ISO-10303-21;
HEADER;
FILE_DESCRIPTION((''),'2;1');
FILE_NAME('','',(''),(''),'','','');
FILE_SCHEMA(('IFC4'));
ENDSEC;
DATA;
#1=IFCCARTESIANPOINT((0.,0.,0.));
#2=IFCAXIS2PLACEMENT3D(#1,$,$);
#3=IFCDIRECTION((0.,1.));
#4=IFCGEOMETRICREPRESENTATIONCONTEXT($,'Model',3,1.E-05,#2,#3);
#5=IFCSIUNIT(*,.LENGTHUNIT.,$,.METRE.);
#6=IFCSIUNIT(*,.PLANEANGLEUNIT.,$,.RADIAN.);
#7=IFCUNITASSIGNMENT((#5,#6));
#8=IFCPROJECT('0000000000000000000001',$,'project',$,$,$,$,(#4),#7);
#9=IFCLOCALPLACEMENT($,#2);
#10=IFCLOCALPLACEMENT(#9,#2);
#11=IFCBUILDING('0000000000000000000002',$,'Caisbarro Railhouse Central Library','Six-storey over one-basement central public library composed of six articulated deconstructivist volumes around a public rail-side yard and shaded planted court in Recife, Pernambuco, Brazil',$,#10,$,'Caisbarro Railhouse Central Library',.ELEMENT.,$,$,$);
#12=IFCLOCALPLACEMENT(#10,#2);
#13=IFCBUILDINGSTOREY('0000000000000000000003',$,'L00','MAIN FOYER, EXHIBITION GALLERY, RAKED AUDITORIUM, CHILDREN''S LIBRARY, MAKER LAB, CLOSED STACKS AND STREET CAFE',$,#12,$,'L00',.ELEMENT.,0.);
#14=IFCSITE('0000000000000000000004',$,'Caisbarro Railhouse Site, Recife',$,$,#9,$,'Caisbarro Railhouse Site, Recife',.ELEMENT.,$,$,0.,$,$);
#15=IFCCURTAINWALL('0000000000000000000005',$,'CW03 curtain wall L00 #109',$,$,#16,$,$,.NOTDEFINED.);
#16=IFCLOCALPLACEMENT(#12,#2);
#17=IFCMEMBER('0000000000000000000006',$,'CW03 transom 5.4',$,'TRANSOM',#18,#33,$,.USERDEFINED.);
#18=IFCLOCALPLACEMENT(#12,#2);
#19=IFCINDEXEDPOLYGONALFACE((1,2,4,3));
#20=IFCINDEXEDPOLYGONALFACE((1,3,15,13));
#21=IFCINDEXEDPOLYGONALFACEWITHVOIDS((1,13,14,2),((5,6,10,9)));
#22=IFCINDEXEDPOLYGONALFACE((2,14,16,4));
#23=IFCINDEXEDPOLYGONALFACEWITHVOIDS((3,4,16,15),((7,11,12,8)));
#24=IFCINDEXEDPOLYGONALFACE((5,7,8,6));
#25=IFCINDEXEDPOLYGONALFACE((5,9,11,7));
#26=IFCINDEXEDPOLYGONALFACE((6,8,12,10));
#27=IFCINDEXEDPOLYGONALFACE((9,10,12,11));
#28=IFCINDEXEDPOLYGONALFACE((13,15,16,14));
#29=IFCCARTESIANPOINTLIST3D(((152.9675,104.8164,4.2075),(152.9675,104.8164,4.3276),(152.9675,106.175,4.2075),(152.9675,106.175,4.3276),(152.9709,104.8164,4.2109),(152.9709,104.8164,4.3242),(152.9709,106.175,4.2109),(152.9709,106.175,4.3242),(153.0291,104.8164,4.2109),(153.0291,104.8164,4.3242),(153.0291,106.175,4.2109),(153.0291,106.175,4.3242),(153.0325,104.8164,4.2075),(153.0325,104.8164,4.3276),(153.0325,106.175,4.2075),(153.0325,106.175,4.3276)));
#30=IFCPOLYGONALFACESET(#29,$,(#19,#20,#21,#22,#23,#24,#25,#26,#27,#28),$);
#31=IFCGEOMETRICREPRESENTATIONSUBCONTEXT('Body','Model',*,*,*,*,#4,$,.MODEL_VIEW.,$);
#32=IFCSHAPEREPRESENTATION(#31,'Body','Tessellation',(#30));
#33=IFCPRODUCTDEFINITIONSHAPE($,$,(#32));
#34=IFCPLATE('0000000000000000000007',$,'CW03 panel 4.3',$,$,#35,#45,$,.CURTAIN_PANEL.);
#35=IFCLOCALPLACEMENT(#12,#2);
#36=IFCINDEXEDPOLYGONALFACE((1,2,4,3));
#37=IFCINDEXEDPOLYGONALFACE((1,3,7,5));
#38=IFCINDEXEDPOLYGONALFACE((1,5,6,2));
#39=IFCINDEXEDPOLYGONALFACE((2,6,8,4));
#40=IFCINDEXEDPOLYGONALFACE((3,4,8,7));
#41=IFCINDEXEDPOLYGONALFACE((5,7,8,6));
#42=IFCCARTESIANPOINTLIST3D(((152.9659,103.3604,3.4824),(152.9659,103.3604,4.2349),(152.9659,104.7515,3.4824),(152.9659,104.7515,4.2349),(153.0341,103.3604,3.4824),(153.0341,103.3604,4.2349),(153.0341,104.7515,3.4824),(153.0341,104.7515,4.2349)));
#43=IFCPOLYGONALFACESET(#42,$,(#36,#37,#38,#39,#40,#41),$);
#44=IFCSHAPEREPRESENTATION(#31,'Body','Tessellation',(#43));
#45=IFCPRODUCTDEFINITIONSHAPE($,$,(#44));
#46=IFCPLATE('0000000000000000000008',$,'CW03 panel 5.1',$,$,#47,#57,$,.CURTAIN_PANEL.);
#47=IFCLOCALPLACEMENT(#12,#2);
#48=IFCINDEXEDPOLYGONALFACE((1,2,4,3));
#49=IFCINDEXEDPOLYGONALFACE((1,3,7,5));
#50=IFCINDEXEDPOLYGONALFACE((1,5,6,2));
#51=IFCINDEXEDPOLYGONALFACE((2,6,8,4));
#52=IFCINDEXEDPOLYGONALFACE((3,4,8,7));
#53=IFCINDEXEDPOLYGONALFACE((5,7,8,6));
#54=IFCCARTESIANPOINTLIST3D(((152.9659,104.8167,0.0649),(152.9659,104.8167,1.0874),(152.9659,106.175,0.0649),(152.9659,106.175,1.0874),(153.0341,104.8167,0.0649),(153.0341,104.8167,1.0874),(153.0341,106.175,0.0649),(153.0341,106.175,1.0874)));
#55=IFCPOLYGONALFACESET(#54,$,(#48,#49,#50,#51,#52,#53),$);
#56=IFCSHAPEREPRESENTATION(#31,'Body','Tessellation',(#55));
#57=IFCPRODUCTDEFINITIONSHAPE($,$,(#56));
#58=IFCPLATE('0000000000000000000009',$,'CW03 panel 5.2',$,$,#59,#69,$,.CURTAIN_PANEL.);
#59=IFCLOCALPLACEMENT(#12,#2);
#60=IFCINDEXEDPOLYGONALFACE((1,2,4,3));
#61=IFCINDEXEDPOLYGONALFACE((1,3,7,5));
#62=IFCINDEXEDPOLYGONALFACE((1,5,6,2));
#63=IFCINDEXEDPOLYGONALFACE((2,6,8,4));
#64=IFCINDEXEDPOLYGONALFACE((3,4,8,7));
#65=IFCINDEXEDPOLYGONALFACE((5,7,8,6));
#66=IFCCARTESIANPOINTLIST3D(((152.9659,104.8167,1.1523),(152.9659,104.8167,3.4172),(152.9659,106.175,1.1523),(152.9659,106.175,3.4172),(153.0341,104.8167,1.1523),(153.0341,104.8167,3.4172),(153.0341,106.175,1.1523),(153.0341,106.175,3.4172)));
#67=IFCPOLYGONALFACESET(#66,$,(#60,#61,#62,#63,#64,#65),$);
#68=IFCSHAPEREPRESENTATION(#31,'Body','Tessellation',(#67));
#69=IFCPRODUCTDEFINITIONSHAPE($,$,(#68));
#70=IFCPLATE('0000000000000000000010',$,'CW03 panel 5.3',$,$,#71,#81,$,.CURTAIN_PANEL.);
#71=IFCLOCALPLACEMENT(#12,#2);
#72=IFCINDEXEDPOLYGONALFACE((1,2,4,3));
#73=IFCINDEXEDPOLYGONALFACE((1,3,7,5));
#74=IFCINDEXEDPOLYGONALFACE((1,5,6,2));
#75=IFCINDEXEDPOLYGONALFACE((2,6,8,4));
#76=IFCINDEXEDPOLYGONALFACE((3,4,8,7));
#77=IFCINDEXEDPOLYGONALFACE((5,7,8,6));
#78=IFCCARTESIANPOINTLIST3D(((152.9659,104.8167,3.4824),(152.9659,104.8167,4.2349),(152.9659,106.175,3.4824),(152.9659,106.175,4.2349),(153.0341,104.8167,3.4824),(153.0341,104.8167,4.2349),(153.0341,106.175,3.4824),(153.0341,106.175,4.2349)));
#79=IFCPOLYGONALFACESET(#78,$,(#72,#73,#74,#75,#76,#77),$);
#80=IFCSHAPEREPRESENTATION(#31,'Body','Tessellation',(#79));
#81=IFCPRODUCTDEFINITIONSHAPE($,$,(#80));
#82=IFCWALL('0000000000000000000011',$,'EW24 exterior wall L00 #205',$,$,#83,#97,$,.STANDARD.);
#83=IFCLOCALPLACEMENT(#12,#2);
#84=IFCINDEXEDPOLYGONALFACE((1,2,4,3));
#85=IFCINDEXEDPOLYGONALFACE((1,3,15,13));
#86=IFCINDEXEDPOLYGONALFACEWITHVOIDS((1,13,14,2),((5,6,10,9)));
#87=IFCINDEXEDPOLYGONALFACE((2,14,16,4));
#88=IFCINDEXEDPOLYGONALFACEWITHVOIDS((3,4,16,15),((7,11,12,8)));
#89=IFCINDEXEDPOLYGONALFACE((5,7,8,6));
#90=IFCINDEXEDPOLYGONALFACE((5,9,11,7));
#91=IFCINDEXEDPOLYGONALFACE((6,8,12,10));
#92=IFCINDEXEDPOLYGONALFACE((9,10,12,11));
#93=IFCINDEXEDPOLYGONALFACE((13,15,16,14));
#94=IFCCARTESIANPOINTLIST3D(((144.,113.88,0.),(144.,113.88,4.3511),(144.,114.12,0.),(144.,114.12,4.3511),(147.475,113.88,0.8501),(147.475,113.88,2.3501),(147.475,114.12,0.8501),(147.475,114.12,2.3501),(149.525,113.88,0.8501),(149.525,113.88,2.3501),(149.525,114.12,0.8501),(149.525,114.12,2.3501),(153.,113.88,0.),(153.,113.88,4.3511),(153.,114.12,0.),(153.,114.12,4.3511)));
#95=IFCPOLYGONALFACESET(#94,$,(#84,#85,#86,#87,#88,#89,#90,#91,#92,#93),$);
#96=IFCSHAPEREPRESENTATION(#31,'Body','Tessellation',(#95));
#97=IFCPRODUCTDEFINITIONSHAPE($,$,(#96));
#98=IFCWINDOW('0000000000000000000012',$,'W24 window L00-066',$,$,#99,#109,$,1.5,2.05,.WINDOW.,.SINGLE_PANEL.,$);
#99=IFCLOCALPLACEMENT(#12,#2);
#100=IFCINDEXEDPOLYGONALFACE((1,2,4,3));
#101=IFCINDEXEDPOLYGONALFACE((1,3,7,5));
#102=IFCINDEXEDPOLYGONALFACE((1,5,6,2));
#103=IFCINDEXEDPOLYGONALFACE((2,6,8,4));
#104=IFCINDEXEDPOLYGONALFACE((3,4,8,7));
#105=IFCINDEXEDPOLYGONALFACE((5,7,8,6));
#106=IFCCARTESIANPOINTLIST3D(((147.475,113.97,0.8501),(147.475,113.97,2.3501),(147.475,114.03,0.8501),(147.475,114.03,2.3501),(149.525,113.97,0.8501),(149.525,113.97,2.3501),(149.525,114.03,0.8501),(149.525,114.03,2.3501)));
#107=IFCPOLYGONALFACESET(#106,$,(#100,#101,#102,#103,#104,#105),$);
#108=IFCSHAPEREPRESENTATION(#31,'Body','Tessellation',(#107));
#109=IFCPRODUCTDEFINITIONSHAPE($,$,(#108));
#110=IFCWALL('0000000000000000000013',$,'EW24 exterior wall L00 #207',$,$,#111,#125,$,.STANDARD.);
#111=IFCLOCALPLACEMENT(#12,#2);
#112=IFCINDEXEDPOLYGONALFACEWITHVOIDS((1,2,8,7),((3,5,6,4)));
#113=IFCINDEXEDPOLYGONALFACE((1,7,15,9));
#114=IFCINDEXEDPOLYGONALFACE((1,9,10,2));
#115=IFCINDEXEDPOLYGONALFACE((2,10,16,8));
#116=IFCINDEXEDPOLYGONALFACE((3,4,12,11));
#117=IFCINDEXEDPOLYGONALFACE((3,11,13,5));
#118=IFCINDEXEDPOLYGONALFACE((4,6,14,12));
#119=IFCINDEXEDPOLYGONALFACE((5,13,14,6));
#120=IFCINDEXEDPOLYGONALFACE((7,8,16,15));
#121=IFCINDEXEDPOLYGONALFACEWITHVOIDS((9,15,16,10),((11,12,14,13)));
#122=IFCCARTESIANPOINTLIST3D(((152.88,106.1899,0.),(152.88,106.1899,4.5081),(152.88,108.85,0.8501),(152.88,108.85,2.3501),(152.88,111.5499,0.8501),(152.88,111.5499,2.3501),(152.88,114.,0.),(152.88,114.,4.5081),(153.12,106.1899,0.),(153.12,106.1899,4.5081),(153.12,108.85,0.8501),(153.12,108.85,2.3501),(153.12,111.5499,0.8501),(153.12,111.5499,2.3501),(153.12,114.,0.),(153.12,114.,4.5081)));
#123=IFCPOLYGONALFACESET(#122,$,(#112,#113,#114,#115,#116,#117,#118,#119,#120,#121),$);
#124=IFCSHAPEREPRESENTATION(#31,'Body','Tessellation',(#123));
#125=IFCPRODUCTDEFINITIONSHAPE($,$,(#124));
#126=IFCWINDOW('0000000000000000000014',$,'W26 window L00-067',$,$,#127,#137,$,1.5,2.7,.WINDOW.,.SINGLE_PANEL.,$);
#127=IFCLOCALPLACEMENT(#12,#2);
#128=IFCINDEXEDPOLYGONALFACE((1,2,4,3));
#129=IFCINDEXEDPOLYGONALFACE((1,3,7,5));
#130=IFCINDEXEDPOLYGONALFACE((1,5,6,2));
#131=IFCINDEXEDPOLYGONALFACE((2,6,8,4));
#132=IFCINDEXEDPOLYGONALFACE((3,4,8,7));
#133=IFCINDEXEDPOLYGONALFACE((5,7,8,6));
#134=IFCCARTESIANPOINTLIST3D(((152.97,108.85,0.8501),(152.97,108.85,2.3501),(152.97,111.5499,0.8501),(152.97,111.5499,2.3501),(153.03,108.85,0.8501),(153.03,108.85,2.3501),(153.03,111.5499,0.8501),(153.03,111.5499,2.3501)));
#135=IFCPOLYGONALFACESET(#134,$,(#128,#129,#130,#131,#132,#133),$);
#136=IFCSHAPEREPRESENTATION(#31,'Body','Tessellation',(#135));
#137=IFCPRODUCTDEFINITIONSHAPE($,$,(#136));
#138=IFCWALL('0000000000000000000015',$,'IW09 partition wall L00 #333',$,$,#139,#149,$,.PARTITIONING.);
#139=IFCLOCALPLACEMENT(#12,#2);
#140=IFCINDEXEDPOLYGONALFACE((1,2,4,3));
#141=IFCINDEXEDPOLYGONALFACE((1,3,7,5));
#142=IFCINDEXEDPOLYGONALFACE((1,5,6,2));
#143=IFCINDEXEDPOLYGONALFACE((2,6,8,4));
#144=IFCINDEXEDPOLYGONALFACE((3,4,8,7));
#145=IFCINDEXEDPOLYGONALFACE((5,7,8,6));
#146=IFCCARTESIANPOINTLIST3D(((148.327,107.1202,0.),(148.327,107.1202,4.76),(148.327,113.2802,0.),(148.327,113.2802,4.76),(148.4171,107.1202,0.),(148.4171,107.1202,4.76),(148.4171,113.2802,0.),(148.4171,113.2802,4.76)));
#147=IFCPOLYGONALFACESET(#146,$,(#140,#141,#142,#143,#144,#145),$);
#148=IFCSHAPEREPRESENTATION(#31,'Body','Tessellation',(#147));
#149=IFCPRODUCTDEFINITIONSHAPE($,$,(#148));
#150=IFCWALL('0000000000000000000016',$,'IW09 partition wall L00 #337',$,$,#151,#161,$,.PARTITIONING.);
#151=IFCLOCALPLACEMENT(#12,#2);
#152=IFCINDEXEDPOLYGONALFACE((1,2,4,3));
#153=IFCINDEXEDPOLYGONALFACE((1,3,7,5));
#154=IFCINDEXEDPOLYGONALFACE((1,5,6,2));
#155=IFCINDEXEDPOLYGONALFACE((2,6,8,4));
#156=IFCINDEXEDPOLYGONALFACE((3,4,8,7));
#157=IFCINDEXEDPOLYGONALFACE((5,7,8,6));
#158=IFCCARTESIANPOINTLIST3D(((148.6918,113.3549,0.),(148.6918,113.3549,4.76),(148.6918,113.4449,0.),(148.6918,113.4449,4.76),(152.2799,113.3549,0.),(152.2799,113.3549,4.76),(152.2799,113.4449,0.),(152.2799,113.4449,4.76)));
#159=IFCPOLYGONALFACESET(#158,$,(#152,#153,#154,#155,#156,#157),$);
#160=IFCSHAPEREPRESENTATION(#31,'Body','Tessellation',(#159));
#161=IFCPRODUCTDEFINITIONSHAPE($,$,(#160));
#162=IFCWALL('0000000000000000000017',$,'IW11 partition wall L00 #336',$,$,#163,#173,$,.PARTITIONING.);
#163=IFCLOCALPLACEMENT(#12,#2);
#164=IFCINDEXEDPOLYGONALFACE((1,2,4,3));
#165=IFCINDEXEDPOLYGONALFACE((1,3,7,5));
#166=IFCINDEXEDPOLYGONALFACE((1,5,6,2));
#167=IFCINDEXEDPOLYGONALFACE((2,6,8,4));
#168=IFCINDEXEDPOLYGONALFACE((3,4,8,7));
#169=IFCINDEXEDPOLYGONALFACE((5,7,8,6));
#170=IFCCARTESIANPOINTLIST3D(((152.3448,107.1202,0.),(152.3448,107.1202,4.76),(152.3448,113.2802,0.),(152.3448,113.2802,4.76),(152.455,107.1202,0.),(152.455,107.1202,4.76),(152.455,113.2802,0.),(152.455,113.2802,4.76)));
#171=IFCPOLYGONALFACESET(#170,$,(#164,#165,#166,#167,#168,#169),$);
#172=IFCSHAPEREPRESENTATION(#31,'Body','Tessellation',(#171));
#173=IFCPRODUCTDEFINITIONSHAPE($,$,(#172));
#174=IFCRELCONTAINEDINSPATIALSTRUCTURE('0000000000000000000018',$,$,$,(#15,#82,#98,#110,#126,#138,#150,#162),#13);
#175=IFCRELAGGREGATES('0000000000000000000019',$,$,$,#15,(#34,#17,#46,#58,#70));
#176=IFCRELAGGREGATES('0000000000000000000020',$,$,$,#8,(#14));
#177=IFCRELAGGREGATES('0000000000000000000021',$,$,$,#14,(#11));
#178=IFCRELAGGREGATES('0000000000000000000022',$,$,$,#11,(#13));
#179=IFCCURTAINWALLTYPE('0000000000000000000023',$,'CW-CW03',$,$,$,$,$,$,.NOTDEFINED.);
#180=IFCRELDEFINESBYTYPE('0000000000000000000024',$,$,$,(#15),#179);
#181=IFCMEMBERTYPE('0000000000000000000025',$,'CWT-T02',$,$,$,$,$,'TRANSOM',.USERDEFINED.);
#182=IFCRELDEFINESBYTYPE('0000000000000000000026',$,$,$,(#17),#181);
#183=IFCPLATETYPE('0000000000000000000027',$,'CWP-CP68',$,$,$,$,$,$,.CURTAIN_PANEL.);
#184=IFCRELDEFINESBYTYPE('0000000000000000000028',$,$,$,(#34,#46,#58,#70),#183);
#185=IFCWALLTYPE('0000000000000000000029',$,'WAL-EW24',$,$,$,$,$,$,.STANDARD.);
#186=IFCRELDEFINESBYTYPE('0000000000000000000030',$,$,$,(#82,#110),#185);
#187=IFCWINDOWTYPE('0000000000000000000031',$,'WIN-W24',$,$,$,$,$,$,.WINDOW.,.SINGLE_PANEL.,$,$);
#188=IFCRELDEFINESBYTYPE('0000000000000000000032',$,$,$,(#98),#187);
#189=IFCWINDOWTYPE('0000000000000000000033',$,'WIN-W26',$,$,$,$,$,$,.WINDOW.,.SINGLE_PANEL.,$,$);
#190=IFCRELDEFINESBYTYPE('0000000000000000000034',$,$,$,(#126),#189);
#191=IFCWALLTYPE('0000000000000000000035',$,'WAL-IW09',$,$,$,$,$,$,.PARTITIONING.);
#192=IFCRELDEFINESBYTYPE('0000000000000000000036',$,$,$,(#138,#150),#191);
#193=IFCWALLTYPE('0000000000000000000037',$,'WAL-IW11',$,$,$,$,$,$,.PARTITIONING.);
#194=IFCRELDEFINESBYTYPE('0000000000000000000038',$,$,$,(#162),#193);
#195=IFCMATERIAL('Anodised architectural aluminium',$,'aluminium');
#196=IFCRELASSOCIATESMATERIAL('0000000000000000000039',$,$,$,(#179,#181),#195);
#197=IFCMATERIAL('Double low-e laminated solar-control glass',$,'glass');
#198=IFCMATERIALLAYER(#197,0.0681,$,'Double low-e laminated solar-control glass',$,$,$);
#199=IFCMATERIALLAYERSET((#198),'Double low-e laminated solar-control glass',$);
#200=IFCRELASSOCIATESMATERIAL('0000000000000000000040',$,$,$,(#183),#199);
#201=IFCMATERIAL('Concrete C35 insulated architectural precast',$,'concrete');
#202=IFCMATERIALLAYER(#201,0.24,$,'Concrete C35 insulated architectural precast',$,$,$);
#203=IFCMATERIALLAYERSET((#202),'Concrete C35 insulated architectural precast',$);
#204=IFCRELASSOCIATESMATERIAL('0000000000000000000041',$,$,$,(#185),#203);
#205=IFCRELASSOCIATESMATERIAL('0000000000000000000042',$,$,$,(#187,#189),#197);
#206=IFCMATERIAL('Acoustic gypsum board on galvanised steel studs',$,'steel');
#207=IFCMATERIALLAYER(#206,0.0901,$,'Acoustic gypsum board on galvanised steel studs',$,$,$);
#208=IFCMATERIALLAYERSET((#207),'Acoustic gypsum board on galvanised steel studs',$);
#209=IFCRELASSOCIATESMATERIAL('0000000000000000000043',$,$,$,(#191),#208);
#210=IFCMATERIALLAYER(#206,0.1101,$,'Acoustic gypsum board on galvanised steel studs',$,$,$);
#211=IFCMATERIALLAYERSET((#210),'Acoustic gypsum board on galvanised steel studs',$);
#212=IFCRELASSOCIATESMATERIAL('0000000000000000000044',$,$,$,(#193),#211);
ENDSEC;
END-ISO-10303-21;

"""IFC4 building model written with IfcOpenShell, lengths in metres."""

from ifc_helpers import new_model, si_unit, direction, frame, frame_2d, origin, origin_2d, place, context, subcontext, project, spatial, rectangle, hollow_rectangle, extrude, material, layer, layer_set, material_profile, profile_set, type_object, element, fill, aggregate, save


model = new_model("IFC4")

# Units and contexts
model_context = context("Model", 3, precision=1e-05, world=origin(), true_north=direction((0.0, 1.0)))
body_context = subcontext(model_context, "Body", "Model", "MODEL_VIEW")
ifc_project = project(units=[si_unit("LENGTHUNIT", "METRE"), si_unit("PLANEANGLEUNIT", "RADIAN")], contexts=[model_context])

# Site, building, storey
site_placement = place(None, origin())
site = spatial("IfcSite", under=ifc_project, at=site_placement, Name="Caisbarro Railhouse Site, Recife", LongName="Caisbarro Railhouse Site, Recife", CompositionType="ELEMENT", RefElevation=0.0)
building_placement = place(site_placement, origin())
building = spatial("IfcBuilding", under=site, at=building_placement, Name="Caisbarro Railhouse Central Library", Description="Six-storey over one-basement central public library composed of six articulated deconstructivist volumes around a public rail-side yard and shaded planted court in Recife, Pernambuco, Brazil", LongName="Caisbarro Railhouse Central Library", CompositionType="ELEMENT")
storey_placement = place(building_placement, origin())
storey = spatial("IfcBuildingStorey", under=building, at=storey_placement, Name="L00", Description="MAIN FOYER, EXHIBITION GALLERY, RAKED AUDITORIUM, CHILDREN'S LIBRARY, MAKER LAB, CLOSED STACKS AND STREET CAFE", LongName="L00", CompositionType="ELEMENT", Elevation=0.0)

# Curtain wall, member, plates
ifc_material_1 = material(Name="Anodised architectural aluminium", Category="aluminium")
curtain_wall_type = type_object("IfcCurtainWallType", Name="CW-CW03", PredefinedType="NOTDEFINED", material=ifc_material_1)
curtain_wall_placement = place(storey_placement, origin())
curtain_wall = element("IfcCurtainWall", 1, at=curtain_wall_placement, inside=storey, type_object=curtain_wall_type, Name="CW03 curtain wall L00 #109", PredefinedType="NOTDEFINED")
ifc_material_profile_1 = material_profile(ifc_material_1, hollow_rectangle(XDim=0.0649, YDim=0.1201, WallThickness=0.0034, at=origin_2d()), Name="ALU-TRN-65X120")
ifc_profile_set_1 = profile_set([ifc_material_profile_1], Name="Anodised architectural aluminium")
member_type_1 = type_object("IfcMemberType", Name="CWT-T02", ElementType="TRANSOM", PredefinedType="USERDEFINED", material=ifc_profile_set_1)
member_1_placement = place(storey_placement, frame((153.0, 104.8164, 4.2676), z_axis=(0.0, 1.0, 0.0), x_axis=(-1.0, 0.0, 0.0)))
member_1 = element("IfcMember", 2, at=member_1_placement, type_object=member_type_1, Name="CW03 transom 5.4", ObjectType="TRANSOM", PredefinedType="USERDEFINED", context=body_context, shape_type="SweptSolid", body=[
    extrude(hollow_rectangle(XDim=0.0649, YDim=0.1201, WallThickness=0.0034, at=origin_2d()), origin(), (0.0, 0.0, 1.0), 1.3586),
])
ifc_material_2 = material(Name="Double low-e laminated solar-control glass", Category="glass")
ifc_layer_1 = layer(ifc_material_2, 0.0681, Name="Double low-e laminated solar-control glass")
ifc_layer_set_1 = layer_set([ifc_layer_1], Name="Double low-e laminated solar-control glass")
plate_type = type_object("IfcPlateType", Name="CWP-CP68", PredefinedType="CURTAIN_PANEL", material=ifc_layer_set_1)
plate_1_placement = place(storey_placement, frame((153.0, 104.0559, 3.4824), z_axis=(0.0, 0.0, 1.0), x_axis=(0.0, 1.0, 0.0)))
plate_1 = element("IfcPlate", 3, at=plate_1_placement, type_object=plate_type, Name="CW03 panel 4.3", PredefinedType="CURTAIN_PANEL", context=body_context, shape_type="SweptSolid", body=[
    extrude(rectangle(XDim=1.3911, YDim=0.0681, at=origin_2d()), origin(), (0.0, 0.0, 1.0), 0.7524),
])
plate_2_placement = place(storey_placement, frame((153.0, 105.4958, 0.0649), z_axis=(0.0, 0.0, 1.0), x_axis=(0.0, 1.0, 0.0)))
plate_2 = element("IfcPlate", 4, at=plate_2_placement, type_object=plate_type, Name="CW03 panel 5.1", PredefinedType="CURTAIN_PANEL", context=body_context, shape_type="SweptSolid", body=[
    extrude(rectangle(XDim=1.3584, YDim=0.0681, at=origin_2d()), origin(), (0.0, 0.0, 1.0), 1.0225),
])
plate_3_placement = place(storey_placement, frame((153.0, 105.4958, 1.1523), z_axis=(0.0, 0.0, 1.0), x_axis=(0.0, 1.0, 0.0)))
plate_3 = element("IfcPlate", 5, at=plate_3_placement, type_object=plate_type, Name="CW03 panel 5.2", PredefinedType="CURTAIN_PANEL", context=body_context, shape_type="SweptSolid", body=[
    extrude(rectangle(XDim=1.3584, YDim=0.0681, at=origin_2d()), origin(), (0.0, 0.0, 1.0), 2.2649),
])
plate_4_placement = place(storey_placement, frame((153.0, 105.4958, 3.4824), z_axis=(0.0, 0.0, 1.0), x_axis=(0.0, 1.0, 0.0)))
plate_4 = element("IfcPlate", 6, at=plate_4_placement, type_object=plate_type, Name="CW03 panel 5.3", PredefinedType="CURTAIN_PANEL", context=body_context, shape_type="SweptSolid", body=[
    extrude(rectangle(XDim=1.3584, YDim=0.0681, at=origin_2d()), origin(), (0.0, 0.0, 1.0), 0.7524),
])
aggregate(curtain_wall, [plate_1, member_1, plate_2, plate_3, plate_4])

# Walls, openings, windows
ifc_material_3 = material(Name="Concrete C35 insulated architectural precast", Category="concrete")
ifc_layer_2 = layer(ifc_material_3, 0.24, Name="Concrete C35 insulated architectural precast")
ifc_layer_set_2 = layer_set([ifc_layer_2], Name="Concrete C35 insulated architectural precast")
wall_type_1 = type_object("IfcWallType", Name="WAL-EW24", PredefinedType="STANDARD", material=ifc_layer_set_2)
wall_1_placement = place(storey_placement, frame((144.0, 114.0, 0.0), z_axis=(0.0, 0.0, 1.0), x_axis=(1.0, 0.0, 0.0)))
wall_1 = element("IfcWall", 7, at=wall_1_placement, inside=storey, type_object=wall_type_1, Name="EW24 exterior wall L00 #205", PredefinedType="STANDARD", context=body_context, shape_type="SweptSolid", body=[
    extrude(rectangle(XDim=9.0, YDim=0.24, at=frame_2d((4.5, 0.0))), origin(), (0.0, 0.0, 1.0), 4.3511),
])
opening_1_placement = place(wall_1_placement, frame((3.4751, 0.0, 0.8501)))
opening_1 = element("IfcOpeningElement", 8, at=opening_1_placement, cuts=wall_1, PredefinedType="OPENING", context=body_context, shape_type="SweptSolid", body=[
    extrude(rectangle(XDim=2.05, YDim=1.5, at=frame_2d((1.0249, 0.75))), frame((0.0, 0.1299, 0.0), z_axis=(0.0, -1.0, 0.0), x_axis=(1.0, 0.0, 0.0)), (0.0, 0.0, 1.0), 0.26),
])
window_type_1 = type_object("IfcWindowType", Name="WIN-W24", PartitioningType="SINGLE_PANEL", PredefinedType="WINDOW", material=ifc_material_2)
window_1_placement = place(opening_1_placement, origin())
window_1 = element("IfcWindow", 9, at=window_1_placement, inside=storey, type_object=window_type_1, Name="W24 window L00-066", OverallHeight=1.5, OverallWidth=2.05, PartitioningType="SINGLE_PANEL", PredefinedType="WINDOW", context=body_context, shape_type="SweptSolid", body=[
    extrude(rectangle(XDim=2.05, YDim=1.5, at=frame_2d((1.0249, 0.75))), frame((0.0, 0.03, 0.0), z_axis=(0.0, -1.0, 0.0), x_axis=(1.0, 0.0, 0.0)), (0.0, 0.0, 1.0), 0.0601),
])
fill(opening_1, window_1)
wall_2_placement = place(storey_placement, frame((153.0, 106.1899, 0.0), z_axis=(0.0, 0.0, 1.0), x_axis=(0.0, 1.0, 0.0)))
wall_2 = element("IfcWall", 10, at=wall_2_placement, inside=storey, type_object=wall_type_1, Name="EW24 exterior wall L00 #207", PredefinedType="STANDARD", context=body_context, shape_type="SweptSolid", body=[
    extrude(rectangle(XDim=7.8101, YDim=0.24, at=frame_2d((3.905, 0.0))), origin(), (0.0, 0.0, 1.0), 4.5081),
])
opening_2_placement = place(wall_2_placement, frame((2.6599, 0.0, 0.8501)))
opening_2 = element("IfcOpeningElement", 11, at=opening_2_placement, cuts=wall_2, PredefinedType="OPENING", context=body_context, shape_type="SweptSolid", body=[
    extrude(rectangle(XDim=2.7, YDim=1.5, at=frame_2d((1.3501, 0.75))), frame((0.0, 0.1299, 0.0), z_axis=(0.0, -1.0, 0.0), x_axis=(1.0, 0.0, 0.0)), (0.0, 0.0, 1.0), 0.26),
])
window_type_2 = type_object("IfcWindowType", Name="WIN-W26", PartitioningType="SINGLE_PANEL", PredefinedType="WINDOW", material=ifc_material_2)
window_2_placement = place(opening_2_placement, origin())
window_2 = element("IfcWindow", 12, at=window_2_placement, inside=storey, type_object=window_type_2, Name="W26 window L00-067", OverallHeight=1.5, OverallWidth=2.7, PartitioningType="SINGLE_PANEL", PredefinedType="WINDOW", context=body_context, shape_type="SweptSolid", body=[
    extrude(rectangle(XDim=2.7, YDim=1.5, at=frame_2d((1.3501, 0.75))), frame((0.0, 0.03, 0.0), z_axis=(0.0, -1.0, 0.0), x_axis=(1.0, 0.0, 0.0)), (0.0, 0.0, 1.0), 0.0601),
])
fill(opening_2, window_2)

# Walls
ifc_material_4 = material(Name="Acoustic gypsum board on galvanised steel studs", Category="steel")
ifc_layer_3 = layer(ifc_material_4, 0.0901, Name="Acoustic gypsum board on galvanised steel studs")
ifc_layer_set_3 = layer_set([ifc_layer_3], Name="Acoustic gypsum board on galvanised steel studs")
wall_type_2 = type_object("IfcWallType", Name="WAL-IW09", PredefinedType="PARTITIONING", material=ifc_layer_set_3)
wall_3_placement = place(storey_placement, frame((148.3721, 107.1201, 0.0), z_axis=(0.0, 0.0, 1.0), x_axis=(0.0, 1.0, 0.0)))
element("IfcWall", 13, at=wall_3_placement, inside=storey, type_object=wall_type_2, Name="IW09 partition wall L00 #333", PredefinedType="PARTITIONING", context=body_context, shape_type="SweptSolid", body=[
    extrude(rectangle(XDim=6.1599, YDim=0.0901, at=frame_2d((3.0801, 0.0))), origin(), (0.0, 0.0, 1.0), 4.76),
])
wall_4_placement = place(storey_placement, frame((148.6919, 113.3999, 0.0), z_axis=(0.0, 0.0, 1.0), x_axis=(1.0, 0.0, 0.0)))
element("IfcWall", 14, at=wall_4_placement, inside=storey, type_object=wall_type_2, Name="IW09 partition wall L00 #337", PredefinedType="PARTITIONING", context=body_context, shape_type="SweptSolid", body=[
    extrude(rectangle(XDim=3.5881, YDim=0.0901, at=frame_2d((1.7939, 0.0))), origin(), (0.0, 0.0, 1.0), 4.76),
])
ifc_layer_4 = layer(ifc_material_4, 0.1101, Name="Acoustic gypsum board on galvanised steel studs")
ifc_layer_set_4 = layer_set([ifc_layer_4], Name="Acoustic gypsum board on galvanised steel studs")
wall_type_3 = type_object("IfcWallType", Name="WAL-IW11", PredefinedType="PARTITIONING", material=ifc_layer_set_4)
wall_5_placement = place(storey_placement, frame((152.3999, 107.1201, 0.0), z_axis=(0.0, 0.0, 1.0), x_axis=(0.0, 1.0, 0.0)))
element("IfcWall", 15, at=wall_5_placement, inside=storey, type_object=wall_type_3, Name="IW11 partition wall L00 #336", PredefinedType="PARTITIONING", context=body_context, shape_type="SweptSolid", body=[
    extrude(rectangle(XDim=6.1599, YDim=0.1101, at=frame_2d((3.0801, 0.0))), origin(), (0.0, 0.0, 1.0), 4.76),
])

save(model, "model.ifc")
